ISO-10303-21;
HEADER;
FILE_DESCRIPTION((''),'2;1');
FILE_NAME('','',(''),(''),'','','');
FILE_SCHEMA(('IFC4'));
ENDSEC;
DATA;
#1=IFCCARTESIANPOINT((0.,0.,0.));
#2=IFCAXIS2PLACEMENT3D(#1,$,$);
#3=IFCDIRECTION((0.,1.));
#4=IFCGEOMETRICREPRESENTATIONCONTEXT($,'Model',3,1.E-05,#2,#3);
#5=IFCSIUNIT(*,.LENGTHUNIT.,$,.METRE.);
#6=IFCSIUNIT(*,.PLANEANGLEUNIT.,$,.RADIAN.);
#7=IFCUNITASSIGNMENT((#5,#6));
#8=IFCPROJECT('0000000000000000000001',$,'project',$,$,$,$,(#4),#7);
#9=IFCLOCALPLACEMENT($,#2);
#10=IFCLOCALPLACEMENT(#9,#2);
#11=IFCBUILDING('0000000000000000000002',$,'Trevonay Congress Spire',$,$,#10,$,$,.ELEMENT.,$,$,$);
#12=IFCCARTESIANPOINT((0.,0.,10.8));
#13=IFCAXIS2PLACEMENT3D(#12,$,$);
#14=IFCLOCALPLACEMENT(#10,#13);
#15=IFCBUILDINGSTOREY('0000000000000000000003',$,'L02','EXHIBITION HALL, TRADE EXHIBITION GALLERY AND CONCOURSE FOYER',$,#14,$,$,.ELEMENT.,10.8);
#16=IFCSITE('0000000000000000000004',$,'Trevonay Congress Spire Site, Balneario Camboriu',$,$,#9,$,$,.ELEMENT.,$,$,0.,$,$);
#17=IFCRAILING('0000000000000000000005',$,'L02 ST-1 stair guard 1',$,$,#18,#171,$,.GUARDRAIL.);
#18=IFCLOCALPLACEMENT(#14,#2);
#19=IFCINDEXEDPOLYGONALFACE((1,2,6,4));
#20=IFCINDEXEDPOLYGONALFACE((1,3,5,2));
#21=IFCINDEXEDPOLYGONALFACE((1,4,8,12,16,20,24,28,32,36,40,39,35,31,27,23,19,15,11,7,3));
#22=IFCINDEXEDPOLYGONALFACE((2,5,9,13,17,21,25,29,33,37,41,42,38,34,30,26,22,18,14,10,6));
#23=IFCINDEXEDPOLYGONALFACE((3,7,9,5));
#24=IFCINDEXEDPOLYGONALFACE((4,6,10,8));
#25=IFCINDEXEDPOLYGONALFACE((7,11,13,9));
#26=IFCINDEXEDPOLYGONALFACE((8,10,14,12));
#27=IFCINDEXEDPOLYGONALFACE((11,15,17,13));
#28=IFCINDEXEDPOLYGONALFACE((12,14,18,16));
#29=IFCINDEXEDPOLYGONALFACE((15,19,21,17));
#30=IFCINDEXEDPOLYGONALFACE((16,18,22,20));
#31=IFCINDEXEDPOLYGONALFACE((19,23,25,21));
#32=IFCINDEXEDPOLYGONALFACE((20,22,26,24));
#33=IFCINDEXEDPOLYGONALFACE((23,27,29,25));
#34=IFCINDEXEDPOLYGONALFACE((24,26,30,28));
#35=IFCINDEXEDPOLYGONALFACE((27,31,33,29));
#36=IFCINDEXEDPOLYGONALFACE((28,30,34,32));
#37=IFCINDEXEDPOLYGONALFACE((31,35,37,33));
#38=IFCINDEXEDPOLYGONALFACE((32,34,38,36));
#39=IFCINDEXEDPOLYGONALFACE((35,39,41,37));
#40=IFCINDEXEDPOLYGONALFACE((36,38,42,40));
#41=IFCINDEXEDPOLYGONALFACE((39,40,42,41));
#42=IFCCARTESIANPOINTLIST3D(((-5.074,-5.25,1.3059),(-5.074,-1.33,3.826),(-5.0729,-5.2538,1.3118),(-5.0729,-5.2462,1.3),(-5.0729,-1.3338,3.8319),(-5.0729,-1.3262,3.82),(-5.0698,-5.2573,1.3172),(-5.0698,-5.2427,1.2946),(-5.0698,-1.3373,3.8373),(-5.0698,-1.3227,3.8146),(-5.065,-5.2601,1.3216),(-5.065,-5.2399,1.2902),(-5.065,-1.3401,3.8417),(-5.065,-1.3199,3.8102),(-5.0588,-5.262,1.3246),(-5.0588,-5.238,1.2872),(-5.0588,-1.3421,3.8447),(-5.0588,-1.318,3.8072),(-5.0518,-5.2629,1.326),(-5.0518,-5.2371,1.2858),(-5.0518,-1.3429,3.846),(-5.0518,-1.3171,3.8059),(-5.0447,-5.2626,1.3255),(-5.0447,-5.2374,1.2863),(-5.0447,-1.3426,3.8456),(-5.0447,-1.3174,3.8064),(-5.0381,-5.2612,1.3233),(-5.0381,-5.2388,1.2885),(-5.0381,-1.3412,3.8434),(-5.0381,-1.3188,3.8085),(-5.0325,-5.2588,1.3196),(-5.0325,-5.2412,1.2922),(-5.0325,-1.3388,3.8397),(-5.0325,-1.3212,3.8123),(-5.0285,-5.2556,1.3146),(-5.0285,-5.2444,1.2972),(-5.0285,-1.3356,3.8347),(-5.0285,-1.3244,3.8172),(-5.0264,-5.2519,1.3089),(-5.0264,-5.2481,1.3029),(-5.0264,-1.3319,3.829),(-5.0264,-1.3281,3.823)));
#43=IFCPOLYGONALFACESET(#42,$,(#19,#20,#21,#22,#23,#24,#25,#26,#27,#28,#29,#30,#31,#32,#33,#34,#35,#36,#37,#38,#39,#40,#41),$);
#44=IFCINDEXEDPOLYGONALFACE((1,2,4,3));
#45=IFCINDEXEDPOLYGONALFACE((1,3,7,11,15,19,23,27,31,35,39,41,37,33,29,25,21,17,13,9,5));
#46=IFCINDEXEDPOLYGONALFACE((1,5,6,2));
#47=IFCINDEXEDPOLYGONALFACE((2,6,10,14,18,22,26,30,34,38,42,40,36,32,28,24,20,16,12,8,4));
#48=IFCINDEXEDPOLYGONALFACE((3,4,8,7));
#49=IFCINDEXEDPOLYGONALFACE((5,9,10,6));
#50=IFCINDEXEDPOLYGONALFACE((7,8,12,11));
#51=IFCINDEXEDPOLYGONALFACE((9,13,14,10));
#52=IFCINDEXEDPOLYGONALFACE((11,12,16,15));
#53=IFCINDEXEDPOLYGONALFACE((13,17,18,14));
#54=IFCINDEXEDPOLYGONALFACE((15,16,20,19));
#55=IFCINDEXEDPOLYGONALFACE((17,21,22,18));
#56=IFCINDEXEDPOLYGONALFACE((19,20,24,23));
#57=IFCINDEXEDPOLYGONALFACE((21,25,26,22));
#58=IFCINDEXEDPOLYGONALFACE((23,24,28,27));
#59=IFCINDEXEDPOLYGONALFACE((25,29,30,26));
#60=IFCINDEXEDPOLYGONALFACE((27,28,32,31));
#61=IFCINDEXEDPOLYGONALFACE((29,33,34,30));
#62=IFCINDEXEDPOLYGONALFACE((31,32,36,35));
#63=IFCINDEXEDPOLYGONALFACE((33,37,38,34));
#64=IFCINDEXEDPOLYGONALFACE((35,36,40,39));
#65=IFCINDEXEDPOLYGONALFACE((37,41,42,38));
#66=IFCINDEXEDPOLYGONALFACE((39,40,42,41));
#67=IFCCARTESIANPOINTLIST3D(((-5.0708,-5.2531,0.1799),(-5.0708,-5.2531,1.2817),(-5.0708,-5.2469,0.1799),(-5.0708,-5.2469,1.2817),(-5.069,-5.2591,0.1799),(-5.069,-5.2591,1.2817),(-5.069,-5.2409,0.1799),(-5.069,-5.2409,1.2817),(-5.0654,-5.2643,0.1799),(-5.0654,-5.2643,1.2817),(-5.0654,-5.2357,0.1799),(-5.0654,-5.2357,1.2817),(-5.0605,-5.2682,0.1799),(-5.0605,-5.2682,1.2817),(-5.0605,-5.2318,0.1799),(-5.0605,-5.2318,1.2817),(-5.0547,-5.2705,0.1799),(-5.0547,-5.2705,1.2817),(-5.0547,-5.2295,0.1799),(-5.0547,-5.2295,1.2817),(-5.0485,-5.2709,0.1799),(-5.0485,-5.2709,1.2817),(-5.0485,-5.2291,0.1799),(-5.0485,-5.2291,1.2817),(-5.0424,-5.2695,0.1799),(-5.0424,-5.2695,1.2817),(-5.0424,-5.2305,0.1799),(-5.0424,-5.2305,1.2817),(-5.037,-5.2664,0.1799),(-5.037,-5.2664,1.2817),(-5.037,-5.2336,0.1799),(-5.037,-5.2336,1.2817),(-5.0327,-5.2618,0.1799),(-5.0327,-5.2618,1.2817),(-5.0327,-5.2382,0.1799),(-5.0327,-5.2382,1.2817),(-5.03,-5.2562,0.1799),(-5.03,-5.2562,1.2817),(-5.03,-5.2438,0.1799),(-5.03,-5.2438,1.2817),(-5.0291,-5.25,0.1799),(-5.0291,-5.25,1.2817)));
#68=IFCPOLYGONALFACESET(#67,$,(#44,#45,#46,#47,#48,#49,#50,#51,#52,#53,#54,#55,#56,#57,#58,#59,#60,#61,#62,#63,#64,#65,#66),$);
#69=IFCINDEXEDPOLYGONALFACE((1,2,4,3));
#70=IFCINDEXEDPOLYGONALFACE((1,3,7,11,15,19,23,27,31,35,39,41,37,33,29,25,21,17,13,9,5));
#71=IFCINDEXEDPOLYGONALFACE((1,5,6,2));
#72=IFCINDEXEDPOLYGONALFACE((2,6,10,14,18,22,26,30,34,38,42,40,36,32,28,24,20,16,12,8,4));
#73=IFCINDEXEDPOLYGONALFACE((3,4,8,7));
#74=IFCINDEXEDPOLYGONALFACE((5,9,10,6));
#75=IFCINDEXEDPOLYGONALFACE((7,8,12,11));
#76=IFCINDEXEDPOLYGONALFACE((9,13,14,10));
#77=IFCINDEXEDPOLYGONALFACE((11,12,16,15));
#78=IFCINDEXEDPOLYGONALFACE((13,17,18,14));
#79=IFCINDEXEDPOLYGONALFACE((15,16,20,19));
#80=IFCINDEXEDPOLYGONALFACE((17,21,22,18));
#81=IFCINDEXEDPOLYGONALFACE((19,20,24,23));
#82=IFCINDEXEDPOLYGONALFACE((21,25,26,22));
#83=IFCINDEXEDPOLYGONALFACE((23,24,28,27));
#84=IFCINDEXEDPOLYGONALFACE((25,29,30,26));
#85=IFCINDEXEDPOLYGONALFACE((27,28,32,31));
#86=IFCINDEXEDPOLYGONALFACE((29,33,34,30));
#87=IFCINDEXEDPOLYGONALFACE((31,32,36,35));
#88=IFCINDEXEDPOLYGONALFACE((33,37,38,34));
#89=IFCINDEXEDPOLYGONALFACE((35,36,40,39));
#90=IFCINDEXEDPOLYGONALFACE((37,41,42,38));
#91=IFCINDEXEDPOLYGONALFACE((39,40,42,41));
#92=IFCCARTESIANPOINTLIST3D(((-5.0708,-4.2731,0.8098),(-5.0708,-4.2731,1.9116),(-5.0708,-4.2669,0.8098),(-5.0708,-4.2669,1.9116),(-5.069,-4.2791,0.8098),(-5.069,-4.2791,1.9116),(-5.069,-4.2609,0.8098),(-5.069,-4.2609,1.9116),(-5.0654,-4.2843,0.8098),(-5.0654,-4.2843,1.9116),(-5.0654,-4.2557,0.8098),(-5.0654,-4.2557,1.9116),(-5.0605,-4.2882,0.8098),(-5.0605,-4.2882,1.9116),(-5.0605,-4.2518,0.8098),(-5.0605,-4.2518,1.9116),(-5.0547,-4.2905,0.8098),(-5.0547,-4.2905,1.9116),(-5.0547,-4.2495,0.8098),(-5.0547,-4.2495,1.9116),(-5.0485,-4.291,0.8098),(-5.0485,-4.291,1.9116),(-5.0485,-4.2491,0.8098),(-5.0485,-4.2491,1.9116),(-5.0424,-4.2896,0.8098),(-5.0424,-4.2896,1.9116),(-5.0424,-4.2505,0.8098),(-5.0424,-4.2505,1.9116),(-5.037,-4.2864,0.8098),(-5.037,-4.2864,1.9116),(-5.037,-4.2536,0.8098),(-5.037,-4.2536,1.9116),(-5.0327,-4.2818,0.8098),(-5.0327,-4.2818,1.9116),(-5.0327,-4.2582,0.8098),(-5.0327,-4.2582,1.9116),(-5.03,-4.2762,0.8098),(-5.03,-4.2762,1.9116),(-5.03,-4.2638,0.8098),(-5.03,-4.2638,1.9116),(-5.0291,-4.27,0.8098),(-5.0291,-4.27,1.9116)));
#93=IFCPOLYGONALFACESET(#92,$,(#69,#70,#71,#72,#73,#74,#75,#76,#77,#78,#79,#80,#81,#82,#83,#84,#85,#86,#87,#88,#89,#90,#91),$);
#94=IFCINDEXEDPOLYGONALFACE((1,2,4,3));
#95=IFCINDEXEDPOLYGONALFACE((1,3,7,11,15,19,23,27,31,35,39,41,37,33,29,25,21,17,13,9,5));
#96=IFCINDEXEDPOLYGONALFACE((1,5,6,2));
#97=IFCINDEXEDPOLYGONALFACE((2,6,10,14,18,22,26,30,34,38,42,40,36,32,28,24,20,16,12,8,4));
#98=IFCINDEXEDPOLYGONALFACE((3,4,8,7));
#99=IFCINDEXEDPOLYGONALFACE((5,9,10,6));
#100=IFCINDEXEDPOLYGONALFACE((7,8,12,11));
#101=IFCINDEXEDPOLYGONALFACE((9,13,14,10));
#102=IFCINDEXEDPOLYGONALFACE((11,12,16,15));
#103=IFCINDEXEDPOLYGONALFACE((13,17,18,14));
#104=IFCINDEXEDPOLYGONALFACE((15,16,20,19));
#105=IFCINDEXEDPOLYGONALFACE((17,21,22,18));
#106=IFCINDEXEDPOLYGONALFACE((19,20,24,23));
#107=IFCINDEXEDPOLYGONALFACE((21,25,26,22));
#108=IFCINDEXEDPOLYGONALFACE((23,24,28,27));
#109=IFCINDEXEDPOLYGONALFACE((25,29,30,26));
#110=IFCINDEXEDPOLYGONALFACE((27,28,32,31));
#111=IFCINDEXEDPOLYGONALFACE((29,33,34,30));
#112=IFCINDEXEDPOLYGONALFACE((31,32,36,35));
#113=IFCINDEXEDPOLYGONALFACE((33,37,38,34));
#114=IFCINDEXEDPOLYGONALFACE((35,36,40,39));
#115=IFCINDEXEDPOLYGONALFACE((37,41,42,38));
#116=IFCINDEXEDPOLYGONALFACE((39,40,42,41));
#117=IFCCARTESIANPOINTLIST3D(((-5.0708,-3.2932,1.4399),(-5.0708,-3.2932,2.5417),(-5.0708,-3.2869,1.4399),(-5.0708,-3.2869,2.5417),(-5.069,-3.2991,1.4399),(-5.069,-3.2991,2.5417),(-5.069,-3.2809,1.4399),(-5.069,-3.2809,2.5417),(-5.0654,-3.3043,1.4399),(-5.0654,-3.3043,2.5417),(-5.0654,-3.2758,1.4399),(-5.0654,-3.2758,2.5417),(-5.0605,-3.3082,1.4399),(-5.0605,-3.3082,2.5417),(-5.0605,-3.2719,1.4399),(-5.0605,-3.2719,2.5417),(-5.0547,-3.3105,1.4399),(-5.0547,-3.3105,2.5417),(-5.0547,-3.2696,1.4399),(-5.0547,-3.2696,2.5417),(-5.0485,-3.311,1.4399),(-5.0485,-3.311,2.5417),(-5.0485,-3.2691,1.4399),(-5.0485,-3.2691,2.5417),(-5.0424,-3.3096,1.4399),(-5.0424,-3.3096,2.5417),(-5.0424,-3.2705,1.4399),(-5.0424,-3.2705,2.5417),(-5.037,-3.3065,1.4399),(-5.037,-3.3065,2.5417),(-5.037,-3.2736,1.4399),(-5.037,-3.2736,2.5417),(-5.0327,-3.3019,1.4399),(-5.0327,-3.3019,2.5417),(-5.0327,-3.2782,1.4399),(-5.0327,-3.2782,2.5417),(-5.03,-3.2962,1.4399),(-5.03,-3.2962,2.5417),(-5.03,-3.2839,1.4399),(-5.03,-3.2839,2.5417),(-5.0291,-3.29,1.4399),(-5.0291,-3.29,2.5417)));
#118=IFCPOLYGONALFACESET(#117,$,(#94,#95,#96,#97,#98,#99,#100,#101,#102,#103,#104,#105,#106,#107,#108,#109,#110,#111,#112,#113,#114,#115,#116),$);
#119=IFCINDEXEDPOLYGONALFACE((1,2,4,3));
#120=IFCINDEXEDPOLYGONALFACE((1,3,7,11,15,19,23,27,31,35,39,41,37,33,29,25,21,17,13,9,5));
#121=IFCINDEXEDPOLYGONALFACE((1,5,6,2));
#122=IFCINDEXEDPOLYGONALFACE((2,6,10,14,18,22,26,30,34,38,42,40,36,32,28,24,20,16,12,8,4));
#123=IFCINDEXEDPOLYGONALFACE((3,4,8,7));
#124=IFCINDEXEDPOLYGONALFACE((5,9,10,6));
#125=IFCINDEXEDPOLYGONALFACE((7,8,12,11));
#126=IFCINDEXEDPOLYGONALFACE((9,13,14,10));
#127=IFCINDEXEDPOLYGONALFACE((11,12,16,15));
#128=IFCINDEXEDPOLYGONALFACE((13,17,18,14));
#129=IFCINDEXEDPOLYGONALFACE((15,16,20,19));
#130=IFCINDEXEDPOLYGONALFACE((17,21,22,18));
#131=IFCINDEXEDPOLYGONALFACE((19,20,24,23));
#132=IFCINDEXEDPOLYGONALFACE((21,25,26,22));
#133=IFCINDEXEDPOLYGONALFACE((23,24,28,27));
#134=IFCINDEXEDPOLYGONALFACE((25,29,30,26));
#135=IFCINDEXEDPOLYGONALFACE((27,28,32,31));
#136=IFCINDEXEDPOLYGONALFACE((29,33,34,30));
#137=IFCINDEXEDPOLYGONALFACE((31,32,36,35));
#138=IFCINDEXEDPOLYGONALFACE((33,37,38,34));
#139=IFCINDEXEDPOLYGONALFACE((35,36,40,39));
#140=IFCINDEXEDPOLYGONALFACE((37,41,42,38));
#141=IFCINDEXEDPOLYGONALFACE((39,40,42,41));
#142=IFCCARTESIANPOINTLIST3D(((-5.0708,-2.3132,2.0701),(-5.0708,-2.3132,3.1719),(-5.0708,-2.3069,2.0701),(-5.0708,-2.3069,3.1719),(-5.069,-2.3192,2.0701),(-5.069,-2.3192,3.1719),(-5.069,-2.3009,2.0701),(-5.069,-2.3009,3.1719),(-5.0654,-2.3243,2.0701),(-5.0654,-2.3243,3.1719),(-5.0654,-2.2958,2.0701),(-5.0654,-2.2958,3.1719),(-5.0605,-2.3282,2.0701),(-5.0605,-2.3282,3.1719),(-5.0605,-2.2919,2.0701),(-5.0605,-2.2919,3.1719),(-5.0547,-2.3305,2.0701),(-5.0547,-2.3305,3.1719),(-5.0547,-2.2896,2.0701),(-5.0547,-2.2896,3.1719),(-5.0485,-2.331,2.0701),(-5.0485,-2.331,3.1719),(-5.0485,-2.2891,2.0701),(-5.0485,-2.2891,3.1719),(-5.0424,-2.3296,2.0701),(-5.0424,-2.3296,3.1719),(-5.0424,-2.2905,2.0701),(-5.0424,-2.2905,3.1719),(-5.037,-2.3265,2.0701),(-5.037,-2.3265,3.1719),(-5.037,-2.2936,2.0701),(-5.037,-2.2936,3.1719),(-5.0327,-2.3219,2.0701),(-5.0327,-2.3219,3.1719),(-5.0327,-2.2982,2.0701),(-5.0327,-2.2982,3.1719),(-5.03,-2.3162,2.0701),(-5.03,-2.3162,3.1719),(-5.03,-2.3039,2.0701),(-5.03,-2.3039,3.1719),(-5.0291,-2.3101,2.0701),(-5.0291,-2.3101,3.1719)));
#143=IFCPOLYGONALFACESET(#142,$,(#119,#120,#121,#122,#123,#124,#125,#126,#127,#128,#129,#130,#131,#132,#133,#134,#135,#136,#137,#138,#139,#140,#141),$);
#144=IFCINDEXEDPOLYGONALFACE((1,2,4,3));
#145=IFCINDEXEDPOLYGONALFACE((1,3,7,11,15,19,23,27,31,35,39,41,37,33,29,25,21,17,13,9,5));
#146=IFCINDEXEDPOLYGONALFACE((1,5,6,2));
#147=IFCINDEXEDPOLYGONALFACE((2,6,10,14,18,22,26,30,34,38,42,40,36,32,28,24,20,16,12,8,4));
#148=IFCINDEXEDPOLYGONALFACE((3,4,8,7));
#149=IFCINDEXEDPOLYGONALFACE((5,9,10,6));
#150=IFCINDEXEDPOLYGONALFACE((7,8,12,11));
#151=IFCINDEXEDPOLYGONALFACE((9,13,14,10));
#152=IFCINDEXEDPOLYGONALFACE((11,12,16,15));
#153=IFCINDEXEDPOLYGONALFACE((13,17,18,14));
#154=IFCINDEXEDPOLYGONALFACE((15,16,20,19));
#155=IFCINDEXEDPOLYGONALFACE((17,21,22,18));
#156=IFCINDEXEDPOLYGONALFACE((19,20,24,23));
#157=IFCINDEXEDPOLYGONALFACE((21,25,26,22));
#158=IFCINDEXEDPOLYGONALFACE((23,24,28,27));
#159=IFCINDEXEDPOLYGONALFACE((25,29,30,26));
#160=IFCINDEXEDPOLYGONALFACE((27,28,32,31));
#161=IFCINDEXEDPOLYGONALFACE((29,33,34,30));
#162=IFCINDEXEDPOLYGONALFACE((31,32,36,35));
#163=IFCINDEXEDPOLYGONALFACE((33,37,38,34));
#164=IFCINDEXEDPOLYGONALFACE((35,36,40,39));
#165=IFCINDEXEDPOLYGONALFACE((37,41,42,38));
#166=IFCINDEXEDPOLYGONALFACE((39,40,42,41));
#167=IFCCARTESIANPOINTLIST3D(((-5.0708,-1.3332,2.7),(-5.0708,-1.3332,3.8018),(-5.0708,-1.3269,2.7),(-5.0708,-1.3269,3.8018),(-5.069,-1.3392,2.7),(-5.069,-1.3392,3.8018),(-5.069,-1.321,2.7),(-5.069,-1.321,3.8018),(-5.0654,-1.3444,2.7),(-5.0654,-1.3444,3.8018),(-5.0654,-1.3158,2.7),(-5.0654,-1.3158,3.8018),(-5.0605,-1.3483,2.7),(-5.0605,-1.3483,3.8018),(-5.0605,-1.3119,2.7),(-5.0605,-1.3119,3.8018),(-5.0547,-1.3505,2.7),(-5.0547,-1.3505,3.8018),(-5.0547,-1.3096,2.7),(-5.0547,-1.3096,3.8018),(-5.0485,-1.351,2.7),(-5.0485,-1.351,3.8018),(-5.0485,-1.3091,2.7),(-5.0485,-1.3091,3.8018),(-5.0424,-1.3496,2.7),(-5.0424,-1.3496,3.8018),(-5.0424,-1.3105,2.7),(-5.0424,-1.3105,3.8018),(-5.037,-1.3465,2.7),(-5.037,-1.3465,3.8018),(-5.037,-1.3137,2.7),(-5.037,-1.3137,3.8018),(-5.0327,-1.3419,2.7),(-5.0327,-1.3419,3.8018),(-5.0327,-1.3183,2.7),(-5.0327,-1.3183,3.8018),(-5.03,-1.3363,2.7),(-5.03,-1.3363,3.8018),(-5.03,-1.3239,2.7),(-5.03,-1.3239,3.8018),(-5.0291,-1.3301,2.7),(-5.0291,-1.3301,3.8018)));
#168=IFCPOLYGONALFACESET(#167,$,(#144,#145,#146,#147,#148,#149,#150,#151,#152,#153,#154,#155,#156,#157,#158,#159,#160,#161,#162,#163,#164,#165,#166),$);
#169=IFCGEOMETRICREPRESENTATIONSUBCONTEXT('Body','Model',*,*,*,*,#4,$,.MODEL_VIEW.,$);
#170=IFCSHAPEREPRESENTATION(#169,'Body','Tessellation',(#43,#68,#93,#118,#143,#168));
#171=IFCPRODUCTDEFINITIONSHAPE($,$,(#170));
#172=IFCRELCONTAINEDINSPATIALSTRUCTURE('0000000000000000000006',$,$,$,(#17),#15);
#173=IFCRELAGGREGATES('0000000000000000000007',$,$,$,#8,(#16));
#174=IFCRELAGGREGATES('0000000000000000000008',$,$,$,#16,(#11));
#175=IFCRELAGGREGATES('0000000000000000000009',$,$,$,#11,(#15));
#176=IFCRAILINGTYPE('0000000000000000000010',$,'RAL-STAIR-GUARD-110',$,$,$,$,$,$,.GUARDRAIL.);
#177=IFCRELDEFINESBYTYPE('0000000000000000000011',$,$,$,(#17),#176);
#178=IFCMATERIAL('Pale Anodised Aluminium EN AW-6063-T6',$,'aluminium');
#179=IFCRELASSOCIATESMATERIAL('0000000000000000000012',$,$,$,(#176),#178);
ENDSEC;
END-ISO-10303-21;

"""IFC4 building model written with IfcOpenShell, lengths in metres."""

from ifc_helpers import new_model, si_unit, direction, frame, origin, origin_2d, place, context, subcontext, project, spatial, circle, extrude, material, type_object, element, save


model = new_model("IFC4")

# Units and contexts
model_context = context("Model", 3, precision=1e-05, world=origin(), true_north=direction((0.0, 1.0)))
body_context = subcontext(model_context, "Body", "Model", "MODEL_VIEW")
ifc_project = project(units=[si_unit("LENGTHUNIT", "METRE"), si_unit("PLANEANGLEUNIT", "RADIAN")], contexts=[model_context])

# Site, building, storey
site_placement = place(None, origin())
site = spatial("IfcSite", under=ifc_project, at=site_placement, Name="Trevonay Congress Spire Site, Balneario Camboriu", CompositionType="ELEMENT", RefElevation=0.0)
building_placement = place(site_placement, origin())
building = spatial("IfcBuilding", under=site, at=building_placement, Name="Trevonay Congress Spire", CompositionType="ELEMENT")
storey_placement = place(building_placement, frame((0.0, 0.0, 10.8)))
storey = spatial("IfcBuildingStorey", under=building, at=storey_placement, Name="L02", Description="EXHIBITION HALL, TRADE EXHIBITION GALLERY AND CONCOURSE FOYER", CompositionType="ELEMENT", Elevation=10.8)

# Shared definitions
ifc_material_1 = material(Name="Pale Anodised Aluminium EN AW-6063-T6", Category="aluminium")

# Railing
railing_type_1 = type_object("IfcRailingType", Name="RAL-STAIR-GUARD-110", PredefinedType="GUARDRAIL", material=ifc_material_1)
railing_1_placement = place(storey_placement, frame((-5.05, -5.25, 0.1799)))
element("IfcRailing", 1, at=railing_1_placement, inside=storey, type_object=railing_type_1, Name="L02 ST-1 stair guard 1", PredefinedType="GUARDRAIL", context=body_context, shape_type="SweptSolid", body=[
    extrude(circle(Radius=0.0239, at=origin_2d()), frame((0.0, 0.0, 1.126), z_axis=(0.0, 0.841172, 0.540768), x_axis=(-1.0, 0.0, 0.0)), (0.0, 0.0, 1.0), 4.6602),
    extrude(circle(Radius=0.021, at=origin_2d()), origin(), (0.0, 0.0, 1.0), 1.1018),
    extrude(circle(Radius=0.021, at=origin_2d()), frame((0.0, 0.98, 0.6299)), (0.0, 0.0, 1.0), 1.1018),
    extrude(circle(Radius=0.021, at=origin_2d()), frame((0.0, 1.96, 1.26)), (0.0, 0.0, 1.0), 1.1018),
    extrude(circle(Radius=0.021, at=origin_2d()), frame((0.0, 2.9399, 1.8901)), (0.0, 0.0, 1.0), 1.1018),
    extrude(circle(Radius=0.021, at=origin_2d()), frame((0.0, 3.9199, 2.52)), (0.0, 0.0, 1.0), 1.1018),
])

save(model, "model.ifc")
